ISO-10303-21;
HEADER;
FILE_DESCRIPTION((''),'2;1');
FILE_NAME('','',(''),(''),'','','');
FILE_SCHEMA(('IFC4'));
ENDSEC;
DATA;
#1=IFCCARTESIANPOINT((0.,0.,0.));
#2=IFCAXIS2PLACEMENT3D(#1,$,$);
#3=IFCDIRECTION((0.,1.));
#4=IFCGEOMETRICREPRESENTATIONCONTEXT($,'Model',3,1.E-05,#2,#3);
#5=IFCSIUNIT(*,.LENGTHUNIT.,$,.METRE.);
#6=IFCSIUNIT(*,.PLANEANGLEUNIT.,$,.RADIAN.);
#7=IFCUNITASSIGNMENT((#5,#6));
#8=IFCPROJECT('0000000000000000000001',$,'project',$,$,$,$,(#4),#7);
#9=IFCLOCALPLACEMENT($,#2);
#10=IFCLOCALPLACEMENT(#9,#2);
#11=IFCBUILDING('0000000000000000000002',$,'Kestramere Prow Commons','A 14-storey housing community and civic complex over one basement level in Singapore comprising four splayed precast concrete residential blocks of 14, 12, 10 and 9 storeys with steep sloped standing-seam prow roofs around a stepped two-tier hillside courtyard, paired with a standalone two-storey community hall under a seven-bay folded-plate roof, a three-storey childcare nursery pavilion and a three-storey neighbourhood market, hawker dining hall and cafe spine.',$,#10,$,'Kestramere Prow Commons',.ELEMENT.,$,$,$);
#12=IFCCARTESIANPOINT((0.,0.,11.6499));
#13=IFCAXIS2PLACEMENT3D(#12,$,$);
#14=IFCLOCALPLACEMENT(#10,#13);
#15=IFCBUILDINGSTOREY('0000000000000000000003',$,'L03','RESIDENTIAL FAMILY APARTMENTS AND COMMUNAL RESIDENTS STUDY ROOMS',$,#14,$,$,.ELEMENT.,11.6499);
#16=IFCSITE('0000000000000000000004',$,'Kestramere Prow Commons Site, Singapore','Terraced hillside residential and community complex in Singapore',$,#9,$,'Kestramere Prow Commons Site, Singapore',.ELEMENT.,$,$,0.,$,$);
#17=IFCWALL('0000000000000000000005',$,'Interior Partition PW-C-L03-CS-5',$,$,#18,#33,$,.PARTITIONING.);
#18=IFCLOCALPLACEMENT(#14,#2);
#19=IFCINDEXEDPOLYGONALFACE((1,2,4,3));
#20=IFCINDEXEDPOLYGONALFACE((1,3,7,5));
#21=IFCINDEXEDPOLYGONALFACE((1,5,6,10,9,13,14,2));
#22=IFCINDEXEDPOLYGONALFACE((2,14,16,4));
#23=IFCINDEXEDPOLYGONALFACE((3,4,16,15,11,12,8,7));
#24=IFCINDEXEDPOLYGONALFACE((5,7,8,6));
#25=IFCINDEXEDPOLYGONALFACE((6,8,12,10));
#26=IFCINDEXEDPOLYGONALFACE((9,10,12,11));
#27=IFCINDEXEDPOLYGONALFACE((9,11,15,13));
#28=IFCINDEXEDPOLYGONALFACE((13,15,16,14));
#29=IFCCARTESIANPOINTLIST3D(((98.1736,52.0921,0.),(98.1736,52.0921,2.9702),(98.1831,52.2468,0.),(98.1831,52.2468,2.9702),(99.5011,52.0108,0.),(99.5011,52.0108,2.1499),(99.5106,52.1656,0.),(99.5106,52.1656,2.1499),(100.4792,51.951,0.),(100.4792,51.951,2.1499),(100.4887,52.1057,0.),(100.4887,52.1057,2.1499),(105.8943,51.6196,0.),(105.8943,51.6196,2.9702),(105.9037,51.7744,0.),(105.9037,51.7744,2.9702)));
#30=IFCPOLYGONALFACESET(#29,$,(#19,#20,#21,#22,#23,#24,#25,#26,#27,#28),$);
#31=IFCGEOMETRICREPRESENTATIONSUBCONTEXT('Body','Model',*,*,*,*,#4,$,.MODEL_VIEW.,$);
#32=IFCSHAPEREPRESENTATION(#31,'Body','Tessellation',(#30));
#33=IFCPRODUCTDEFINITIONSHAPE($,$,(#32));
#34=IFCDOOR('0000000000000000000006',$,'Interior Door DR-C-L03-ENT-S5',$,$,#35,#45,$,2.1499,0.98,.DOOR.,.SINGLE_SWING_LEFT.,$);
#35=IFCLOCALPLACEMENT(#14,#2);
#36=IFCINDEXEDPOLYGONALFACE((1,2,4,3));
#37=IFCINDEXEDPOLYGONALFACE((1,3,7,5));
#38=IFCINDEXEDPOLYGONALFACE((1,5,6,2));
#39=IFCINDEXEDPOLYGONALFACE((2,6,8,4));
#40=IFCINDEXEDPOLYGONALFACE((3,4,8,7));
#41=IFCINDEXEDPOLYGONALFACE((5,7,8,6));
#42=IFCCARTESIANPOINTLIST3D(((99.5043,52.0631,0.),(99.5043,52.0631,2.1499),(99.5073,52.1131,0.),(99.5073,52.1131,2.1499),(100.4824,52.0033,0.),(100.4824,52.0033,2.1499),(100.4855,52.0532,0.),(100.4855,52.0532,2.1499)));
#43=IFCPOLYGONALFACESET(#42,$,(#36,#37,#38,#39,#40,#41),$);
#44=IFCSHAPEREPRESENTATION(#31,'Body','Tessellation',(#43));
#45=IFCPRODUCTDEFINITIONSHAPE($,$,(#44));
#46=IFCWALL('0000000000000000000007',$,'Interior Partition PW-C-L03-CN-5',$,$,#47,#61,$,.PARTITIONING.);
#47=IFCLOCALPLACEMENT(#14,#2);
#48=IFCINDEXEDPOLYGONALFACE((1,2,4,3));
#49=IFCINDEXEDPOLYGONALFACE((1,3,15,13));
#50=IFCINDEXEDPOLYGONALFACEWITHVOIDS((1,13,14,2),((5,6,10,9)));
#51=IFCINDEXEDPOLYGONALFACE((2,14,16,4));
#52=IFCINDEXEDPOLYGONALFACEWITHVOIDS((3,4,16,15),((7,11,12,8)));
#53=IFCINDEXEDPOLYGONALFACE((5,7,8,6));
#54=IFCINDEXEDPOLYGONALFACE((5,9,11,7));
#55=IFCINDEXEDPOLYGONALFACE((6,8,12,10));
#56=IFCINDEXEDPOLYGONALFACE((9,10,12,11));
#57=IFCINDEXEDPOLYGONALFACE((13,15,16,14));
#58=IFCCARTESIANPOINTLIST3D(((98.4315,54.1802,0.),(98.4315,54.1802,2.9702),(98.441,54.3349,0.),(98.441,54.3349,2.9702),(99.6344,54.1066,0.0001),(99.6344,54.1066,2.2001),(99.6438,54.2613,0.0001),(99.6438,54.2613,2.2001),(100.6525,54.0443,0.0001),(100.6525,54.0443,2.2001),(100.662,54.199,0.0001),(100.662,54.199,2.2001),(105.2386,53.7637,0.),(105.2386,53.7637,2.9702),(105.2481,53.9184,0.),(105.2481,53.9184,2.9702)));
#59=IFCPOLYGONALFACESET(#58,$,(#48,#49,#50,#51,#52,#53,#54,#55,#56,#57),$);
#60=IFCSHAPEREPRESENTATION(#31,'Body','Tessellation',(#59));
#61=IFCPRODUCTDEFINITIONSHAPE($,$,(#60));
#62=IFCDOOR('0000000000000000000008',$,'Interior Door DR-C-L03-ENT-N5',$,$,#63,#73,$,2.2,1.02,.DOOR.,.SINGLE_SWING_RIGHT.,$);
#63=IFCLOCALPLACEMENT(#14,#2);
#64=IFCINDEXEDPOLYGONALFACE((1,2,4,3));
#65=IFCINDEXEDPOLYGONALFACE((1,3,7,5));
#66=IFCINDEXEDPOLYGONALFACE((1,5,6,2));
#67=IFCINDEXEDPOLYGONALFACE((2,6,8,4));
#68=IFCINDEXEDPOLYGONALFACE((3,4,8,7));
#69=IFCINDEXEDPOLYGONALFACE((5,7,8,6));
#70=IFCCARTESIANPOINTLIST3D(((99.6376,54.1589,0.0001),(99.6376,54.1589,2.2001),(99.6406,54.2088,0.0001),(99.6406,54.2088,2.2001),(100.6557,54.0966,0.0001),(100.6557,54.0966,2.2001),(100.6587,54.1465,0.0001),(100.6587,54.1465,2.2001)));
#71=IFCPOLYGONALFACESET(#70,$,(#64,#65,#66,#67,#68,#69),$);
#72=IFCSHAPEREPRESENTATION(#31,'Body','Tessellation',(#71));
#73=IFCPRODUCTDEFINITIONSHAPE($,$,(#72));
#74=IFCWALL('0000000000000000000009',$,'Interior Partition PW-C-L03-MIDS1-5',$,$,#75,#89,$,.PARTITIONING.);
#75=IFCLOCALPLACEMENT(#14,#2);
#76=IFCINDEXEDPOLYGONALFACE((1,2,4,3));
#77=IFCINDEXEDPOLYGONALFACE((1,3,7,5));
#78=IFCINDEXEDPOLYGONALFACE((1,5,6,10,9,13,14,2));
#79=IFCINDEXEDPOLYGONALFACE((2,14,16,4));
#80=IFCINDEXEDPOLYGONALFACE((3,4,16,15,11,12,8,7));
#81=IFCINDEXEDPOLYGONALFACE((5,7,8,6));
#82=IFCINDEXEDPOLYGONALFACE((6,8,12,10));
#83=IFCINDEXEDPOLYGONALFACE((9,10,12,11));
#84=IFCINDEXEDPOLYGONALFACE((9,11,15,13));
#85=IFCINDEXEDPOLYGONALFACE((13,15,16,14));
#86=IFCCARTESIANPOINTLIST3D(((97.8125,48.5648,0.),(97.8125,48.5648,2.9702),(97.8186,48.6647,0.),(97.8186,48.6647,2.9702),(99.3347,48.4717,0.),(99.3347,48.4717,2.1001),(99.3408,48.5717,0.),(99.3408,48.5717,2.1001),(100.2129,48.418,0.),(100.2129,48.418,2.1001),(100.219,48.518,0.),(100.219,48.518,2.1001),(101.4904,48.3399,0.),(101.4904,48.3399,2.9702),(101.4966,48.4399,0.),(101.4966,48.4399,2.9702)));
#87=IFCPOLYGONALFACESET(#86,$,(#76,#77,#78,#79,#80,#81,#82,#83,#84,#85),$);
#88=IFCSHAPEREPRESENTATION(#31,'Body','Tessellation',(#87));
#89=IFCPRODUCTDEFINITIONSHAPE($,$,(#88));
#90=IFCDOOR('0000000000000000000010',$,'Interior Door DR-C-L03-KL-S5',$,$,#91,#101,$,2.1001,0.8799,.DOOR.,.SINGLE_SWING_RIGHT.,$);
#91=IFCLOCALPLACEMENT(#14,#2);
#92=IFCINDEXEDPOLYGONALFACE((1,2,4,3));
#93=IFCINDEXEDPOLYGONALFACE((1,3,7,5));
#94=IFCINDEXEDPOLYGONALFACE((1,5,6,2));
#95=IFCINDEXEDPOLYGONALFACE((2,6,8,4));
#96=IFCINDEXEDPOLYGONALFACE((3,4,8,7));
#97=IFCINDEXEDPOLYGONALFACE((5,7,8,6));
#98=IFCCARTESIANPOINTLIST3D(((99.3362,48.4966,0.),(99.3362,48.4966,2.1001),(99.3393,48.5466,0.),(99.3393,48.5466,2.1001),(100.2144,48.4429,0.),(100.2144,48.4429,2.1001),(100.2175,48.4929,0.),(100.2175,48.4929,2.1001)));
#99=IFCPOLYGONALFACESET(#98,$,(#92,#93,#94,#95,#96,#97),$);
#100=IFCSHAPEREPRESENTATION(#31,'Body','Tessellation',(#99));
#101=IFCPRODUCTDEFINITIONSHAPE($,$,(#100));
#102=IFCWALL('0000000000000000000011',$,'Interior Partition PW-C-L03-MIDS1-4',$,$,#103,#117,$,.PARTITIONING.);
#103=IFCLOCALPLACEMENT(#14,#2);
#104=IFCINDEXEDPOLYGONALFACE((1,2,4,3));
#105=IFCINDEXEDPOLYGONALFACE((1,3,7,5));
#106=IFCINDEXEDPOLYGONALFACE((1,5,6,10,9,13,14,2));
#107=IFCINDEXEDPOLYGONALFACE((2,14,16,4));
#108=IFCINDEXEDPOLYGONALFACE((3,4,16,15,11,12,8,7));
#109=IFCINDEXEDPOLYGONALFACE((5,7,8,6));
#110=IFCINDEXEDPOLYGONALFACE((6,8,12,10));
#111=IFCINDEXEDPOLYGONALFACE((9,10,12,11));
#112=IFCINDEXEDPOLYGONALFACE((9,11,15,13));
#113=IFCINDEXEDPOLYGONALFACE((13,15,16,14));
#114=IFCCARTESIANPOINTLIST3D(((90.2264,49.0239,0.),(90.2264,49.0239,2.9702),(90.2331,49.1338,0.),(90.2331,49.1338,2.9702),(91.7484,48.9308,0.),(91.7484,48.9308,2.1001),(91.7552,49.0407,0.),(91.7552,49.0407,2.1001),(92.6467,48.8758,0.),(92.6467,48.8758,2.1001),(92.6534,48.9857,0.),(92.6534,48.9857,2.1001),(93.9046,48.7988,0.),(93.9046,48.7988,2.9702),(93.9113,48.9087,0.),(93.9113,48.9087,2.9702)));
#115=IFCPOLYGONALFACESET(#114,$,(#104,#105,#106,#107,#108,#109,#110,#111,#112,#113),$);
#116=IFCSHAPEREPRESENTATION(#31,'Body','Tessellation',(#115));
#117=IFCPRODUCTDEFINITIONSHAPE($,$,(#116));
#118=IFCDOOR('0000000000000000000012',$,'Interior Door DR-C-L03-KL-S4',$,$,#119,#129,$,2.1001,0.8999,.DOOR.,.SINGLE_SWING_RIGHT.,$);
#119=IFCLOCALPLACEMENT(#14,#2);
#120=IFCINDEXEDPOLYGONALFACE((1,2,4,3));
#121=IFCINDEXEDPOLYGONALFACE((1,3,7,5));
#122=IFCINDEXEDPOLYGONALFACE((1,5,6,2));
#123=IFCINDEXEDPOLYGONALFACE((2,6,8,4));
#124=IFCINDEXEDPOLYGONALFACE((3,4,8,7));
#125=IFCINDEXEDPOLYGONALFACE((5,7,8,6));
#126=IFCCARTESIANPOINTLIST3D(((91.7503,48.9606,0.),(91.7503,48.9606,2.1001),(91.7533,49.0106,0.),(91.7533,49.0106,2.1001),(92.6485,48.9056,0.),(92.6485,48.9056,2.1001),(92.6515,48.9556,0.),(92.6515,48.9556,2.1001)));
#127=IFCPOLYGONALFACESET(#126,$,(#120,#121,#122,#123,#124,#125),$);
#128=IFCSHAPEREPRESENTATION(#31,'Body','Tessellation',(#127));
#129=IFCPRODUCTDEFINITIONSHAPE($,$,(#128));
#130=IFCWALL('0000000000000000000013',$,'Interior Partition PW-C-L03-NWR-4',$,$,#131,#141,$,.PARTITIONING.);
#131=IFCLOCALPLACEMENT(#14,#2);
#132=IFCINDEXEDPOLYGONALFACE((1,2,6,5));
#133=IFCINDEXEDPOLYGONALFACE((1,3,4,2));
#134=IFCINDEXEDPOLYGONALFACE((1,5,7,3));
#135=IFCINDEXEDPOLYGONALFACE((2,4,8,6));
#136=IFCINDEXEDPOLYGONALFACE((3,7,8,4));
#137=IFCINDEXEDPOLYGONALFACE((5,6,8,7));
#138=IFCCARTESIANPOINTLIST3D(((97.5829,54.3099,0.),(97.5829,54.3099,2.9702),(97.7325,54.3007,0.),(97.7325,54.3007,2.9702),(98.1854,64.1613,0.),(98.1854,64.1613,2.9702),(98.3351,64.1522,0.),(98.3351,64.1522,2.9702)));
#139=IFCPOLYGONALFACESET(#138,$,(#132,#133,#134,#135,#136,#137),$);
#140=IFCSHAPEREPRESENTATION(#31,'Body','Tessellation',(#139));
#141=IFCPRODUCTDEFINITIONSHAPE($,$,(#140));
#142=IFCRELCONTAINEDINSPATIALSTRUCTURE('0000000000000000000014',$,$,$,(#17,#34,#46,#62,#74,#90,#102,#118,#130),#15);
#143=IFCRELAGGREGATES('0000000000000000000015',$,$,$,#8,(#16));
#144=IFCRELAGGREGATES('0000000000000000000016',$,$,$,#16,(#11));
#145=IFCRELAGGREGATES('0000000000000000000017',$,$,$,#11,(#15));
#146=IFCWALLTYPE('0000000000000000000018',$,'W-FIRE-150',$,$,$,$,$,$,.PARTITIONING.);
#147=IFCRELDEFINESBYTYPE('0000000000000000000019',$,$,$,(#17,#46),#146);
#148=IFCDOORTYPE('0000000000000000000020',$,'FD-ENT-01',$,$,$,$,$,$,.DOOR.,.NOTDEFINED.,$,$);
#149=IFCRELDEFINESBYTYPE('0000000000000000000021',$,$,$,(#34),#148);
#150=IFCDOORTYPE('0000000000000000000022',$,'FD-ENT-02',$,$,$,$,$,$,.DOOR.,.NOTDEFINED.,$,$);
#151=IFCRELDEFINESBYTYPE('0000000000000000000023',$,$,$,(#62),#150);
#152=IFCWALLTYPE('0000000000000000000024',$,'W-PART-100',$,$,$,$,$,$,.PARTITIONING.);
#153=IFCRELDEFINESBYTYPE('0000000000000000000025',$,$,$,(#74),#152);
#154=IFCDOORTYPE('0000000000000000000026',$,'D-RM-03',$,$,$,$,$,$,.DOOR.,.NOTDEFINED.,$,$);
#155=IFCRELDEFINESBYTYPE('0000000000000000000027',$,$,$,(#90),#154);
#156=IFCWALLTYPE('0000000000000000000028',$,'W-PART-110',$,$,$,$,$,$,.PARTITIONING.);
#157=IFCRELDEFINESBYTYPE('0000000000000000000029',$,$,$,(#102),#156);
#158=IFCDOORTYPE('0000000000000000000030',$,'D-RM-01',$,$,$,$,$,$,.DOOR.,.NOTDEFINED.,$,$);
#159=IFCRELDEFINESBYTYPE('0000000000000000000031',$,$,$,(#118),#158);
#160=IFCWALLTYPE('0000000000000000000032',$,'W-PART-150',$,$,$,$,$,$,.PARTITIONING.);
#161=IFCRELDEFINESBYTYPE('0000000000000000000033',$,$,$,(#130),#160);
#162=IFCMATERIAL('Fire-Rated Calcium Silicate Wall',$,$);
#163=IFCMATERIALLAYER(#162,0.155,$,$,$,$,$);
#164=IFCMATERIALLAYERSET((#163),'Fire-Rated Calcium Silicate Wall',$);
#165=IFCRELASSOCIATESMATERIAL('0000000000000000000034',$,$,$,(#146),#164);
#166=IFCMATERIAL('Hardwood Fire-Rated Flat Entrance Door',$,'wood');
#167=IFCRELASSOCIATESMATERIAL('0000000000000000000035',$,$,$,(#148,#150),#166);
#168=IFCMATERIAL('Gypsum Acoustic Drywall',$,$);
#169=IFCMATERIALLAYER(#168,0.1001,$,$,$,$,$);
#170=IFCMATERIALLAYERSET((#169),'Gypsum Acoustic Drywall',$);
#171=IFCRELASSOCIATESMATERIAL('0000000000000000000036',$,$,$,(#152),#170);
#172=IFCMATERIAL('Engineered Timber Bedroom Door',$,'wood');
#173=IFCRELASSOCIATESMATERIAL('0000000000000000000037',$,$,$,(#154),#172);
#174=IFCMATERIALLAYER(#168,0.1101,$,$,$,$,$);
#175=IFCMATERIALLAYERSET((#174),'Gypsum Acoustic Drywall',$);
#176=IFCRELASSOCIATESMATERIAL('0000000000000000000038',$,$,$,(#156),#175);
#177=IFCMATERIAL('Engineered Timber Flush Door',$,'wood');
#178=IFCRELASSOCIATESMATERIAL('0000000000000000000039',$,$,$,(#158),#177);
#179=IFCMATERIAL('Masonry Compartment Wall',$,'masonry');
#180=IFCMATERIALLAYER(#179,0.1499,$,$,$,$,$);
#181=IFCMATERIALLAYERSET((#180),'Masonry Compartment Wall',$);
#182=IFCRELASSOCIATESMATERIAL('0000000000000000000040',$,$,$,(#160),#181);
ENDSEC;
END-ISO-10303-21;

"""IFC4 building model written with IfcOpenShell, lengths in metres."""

from ifc_helpers import new_model, si_unit, direction, frame, frame_2d, origin, place, context, subcontext, project, spatial, rectangle, extrude, material, layer, layer_set, type_object, element, fill, save


model = new_model("IFC4")

# Units and contexts
model_context = context("Model", 3, precision=1e-05, world=origin(), true_north=direction((0.0, 1.0)))
body_context = subcontext(model_context, "Body", "Model", "MODEL_VIEW")
ifc_project = project(units=[si_unit("LENGTHUNIT", "METRE"), si_unit("PLANEANGLEUNIT", "RADIAN")], contexts=[model_context])

# Site, building, storey
site_placement = place(None, origin())
site = spatial("IfcSite", under=ifc_project, at=site_placement, Name="Kestramere Prow Commons Site, Singapore", Description="Terraced hillside residential and community complex in Singapore", LongName="Kestramere Prow Commons Site, Singapore", CompositionType="ELEMENT", RefElevation=0.0)
building_placement = place(site_placement, origin())
building = spatial("IfcBuilding", under=site, at=building_placement, Name="Kestramere Prow Commons", Description="A 14-storey housing community and civic complex over one basement level in Singapore comprising four splayed precast concrete residential blocks of 14, 12, 10 and 9 storeys with steep sloped standing-seam prow roofs around a stepped two-tier hillside courtyard, paired with a standalone two-storey community hall under a seven-bay folded-plate roof, a three-storey childcare nursery pavilion and a three-storey neighbourhood market, hawker dining hall and cafe spine.", LongName="Kestramere Prow Commons", CompositionType="ELEMENT")
storey_placement = place(building_placement, frame((0.0, 0.0, 11.6499)))
storey = spatial("IfcBuildingStorey", under=building, at=storey_placement, Name="L03", Description="RESIDENTIAL FAMILY APARTMENTS AND COMMUNAL RESIDENTS STUDY ROOMS", CompositionType="ELEMENT", Elevation=11.6499)

# Walls, openings, doors
ifc_material_1 = material(Name="Fire-Rated Calcium Silicate Wall")
ifc_layer_1 = layer(ifc_material_1, 0.155)
ifc_layer_set_1 = layer_set([ifc_layer_1], Name="Fire-Rated Calcium Silicate Wall")
wall_type_1 = type_object("IfcWallType", Name="W-FIRE-150", PredefinedType="PARTITIONING", material=ifc_layer_set_1)
ifc_material_2 = material(Name="Hardwood Fire-Rated Flat Entrance Door", Category="wood")
door_type_1 = type_object("IfcDoorType", Name="FD-ENT-01", OperationType="NOTDEFINED", PredefinedType="DOOR", material=ifc_material_2)
door_type_2 = type_object("IfcDoorType", Name="FD-ENT-02", OperationType="NOTDEFINED", PredefinedType="DOOR", material=ifc_material_2)
wall_1_placement = place(storey_placement, frame((98.1782, 52.1694, 0.0), z_axis=(0.0, 0.0, 1.0), x_axis=(0.998133, -0.061073, 0.0)))
wall_1 = element("IfcWall", 1, at=wall_1_placement, inside=storey, type_object=wall_type_1, Name="Interior Partition PW-C-L03-CS-5", PredefinedType="PARTITIONING", context=body_context, shape_type="SweptSolid", body=[
    extrude(rectangle(XDim=7.7351, YDim=0.155, at=frame_2d((3.8677, 0.0))), origin(), (0.0, 0.0, 1.0), 2.9702),
])
opening_1_placement = place(wall_1_placement, frame((1.3301, 0.0, 0.0)))
opening_1 = element("IfcOpeningElement", 2, at=opening_1_placement, cuts=wall_1, PredefinedType="OPENING", context=body_context, shape_type="SweptSolid", body=[
    extrude(rectangle(XDim=0.98, YDim=2.1499, at=frame_2d((0.49, 1.075))), frame((0.0, 0.0925, 0.0), z_axis=(0.0, -1.0, 0.0), x_axis=(1.0, 0.0, 0.0)), (0.0, 0.0, 1.0), 0.1851),
])
door_1_placement = place(opening_1_placement, origin())
door_1 = element("IfcDoor", 3, at=door_1_placement, inside=storey, type_object=door_type_1, Name="Interior Door DR-C-L03-ENT-S5", OperationType="SINGLE_SWING_LEFT", OverallHeight=2.1499, OverallWidth=0.98, PredefinedType="DOOR", context=body_context, shape_type="SweptSolid", body=[
    extrude(rectangle(XDim=0.98, YDim=2.1499, at=frame_2d((0.49, 1.075))), frame((0.0, 0.0249, 0.0), z_axis=(0.0, -1.0, 0.0), x_axis=(1.0, 0.0, 0.0)), (0.0, 0.0, 1.0), 0.05),
])
fill(opening_1, door_1)
wall_2_placement = place(storey_placement, frame((98.4363, 54.2576, 0.0), z_axis=(0.0, 0.0, 1.0), x_axis=(0.998133, -0.061072, 0.0)))
wall_2 = element("IfcWall", 4, at=wall_2_placement, inside=storey, type_object=wall_type_1, Name="Interior Partition PW-C-L03-CN-5", PredefinedType="PARTITIONING", context=body_context, shape_type="SweptSolid", body=[
    extrude(rectangle(XDim=6.8198, YDim=0.155, at=frame_2d((3.4099, 0.0))), origin(), (0.0, 0.0, 1.0), 2.9702),
])
opening_2_placement = place(wall_2_placement, frame((1.2051, 0.0, 0.0)))
opening_2 = element("IfcOpeningElement", 5, at=opening_2_placement, cuts=wall_2, PredefinedType="OPENING", context=body_context, shape_type="SweptSolid", body=[
    extrude(rectangle(XDim=1.02, YDim=2.2, at=frame_2d((0.51, 1.1001))), frame((0.0, 0.0925, 0.0), z_axis=(0.0, -1.0, 0.0), x_axis=(1.0, 0.0, 0.0)), (0.0, 0.0, 1.0), 0.1851),
])
door_2_placement = place(opening_2_placement, origin())
door_2 = element("IfcDoor", 6, at=door_2_placement, inside=storey, type_object=door_type_2, Name="Interior Door DR-C-L03-ENT-N5", OperationType="SINGLE_SWING_RIGHT", OverallHeight=2.2, OverallWidth=1.02, PredefinedType="DOOR", context=body_context, shape_type="SweptSolid", body=[
    extrude(rectangle(XDim=1.02, YDim=2.2, at=frame_2d((0.51, 1.1001))), frame((0.0, 0.0249, 0.0), z_axis=(0.0, -1.0, 0.0), x_axis=(1.0, 0.0, 0.0)), (0.0, 0.0, 1.0), 0.05),
])
fill(opening_2, door_2)
ifc_material_3 = material(Name="Gypsum Acoustic Drywall")
ifc_layer_2 = layer(ifc_material_3, 0.1001)
ifc_layer_set_2 = layer_set([ifc_layer_2], Name="Gypsum Acoustic Drywall")
wall_type_2 = type_object("IfcWallType", Name="W-PART-100", PredefinedType="PARTITIONING", material=ifc_layer_set_2)
wall_3_placement = place(storey_placement, frame((97.8157, 48.6147, 0.0), z_axis=(0.0, 0.0, 1.0), x_axis=(0.998136, -0.061021, 0.0)))
wall_3 = element("IfcWall", 7, at=wall_3_placement, inside=storey, type_object=wall_type_2, Name="Interior Partition PW-C-L03-MIDS1-5", PredefinedType="PARTITIONING", context=body_context, shape_type="SweptSolid", body=[
    extrude(rectangle(XDim=3.6848, YDim=0.1001, at=frame_2d((1.8423, 0.0))), origin(), (0.0, 0.0, 1.0), 2.9702),
])
opening_3_placement = place(wall_3_placement, frame((1.5249, 0.0, 0.0)))
opening_3 = element("IfcOpeningElement", 8, at=opening_3_placement, cuts=wall_3, PredefinedType="OPENING", context=body_context, shape_type="SweptSolid", body=[
    extrude(rectangle(XDim=0.8799, YDim=2.1001, at=frame_2d((0.4399, 1.05))), frame((0.0, 0.0649, 0.0), z_axis=(0.0, -1.0, 0.0), x_axis=(1.0, 0.0, 0.0)), (0.0, 0.0, 1.0), 0.1301),
])
ifc_material_4 = material(Name="Engineered Timber Bedroom Door", Category="wood")
door_type_3 = type_object("IfcDoorType", Name="D-RM-03", OperationType="NOTDEFINED", PredefinedType="DOOR", material=ifc_material_4)
door_3_placement = place(opening_3_placement, origin())
door_3 = element("IfcDoor", 9, at=door_3_placement, inside=storey, type_object=door_type_3, Name="Interior Door DR-C-L03-KL-S5", OperationType="SINGLE_SWING_RIGHT", OverallHeight=2.1001, OverallWidth=0.8799, PredefinedType="DOOR", context=body_context, shape_type="SweptSolid", body=[
    extrude(rectangle(XDim=0.8799, YDim=2.1001, at=frame_2d((0.4399, 1.05))), frame((0.0, 0.0249, 0.0), z_axis=(0.0, -1.0, 0.0), x_axis=(1.0, 0.0, 0.0)), (0.0, 0.0, 1.0), 0.05),
])
fill(opening_3, door_3)
ifc_layer_3 = layer(ifc_material_3, 0.1101)
ifc_layer_set_3 = layer_set([ifc_layer_3], Name="Gypsum Acoustic Drywall")
wall_type_3 = type_object("IfcWallType", Name="W-PART-110", PredefinedType="PARTITIONING", material=ifc_layer_set_3)
wall_4_placement = place(storey_placement, frame((90.2297, 49.0789, 0.0), z_axis=(0.0, 0.0, 1.0), x_axis=(0.998133, -0.061083, 0.0)))
wall_4 = element("IfcWall", 10, at=wall_4_placement, inside=storey, type_object=wall_type_3, Name="Interior Partition PW-C-L03-MIDS1-4", PredefinedType="PARTITIONING", context=body_context, shape_type="SweptSolid", body=[
    extrude(rectangle(XDim=3.6851, YDim=0.1101, at=frame_2d((1.8425, 0.0))), origin(), (0.0, 0.0, 1.0), 2.9702),
])
opening_4_placement = place(wall_4_placement, frame((1.5249, 0.0, 0.0)))
opening_4 = element("IfcOpeningElement", 11, at=opening_4_placement, cuts=wall_4, PredefinedType="OPENING", context=body_context, shape_type="SweptSolid", body=[
    extrude(rectangle(XDim=0.8999, YDim=2.1001, at=frame_2d((0.45, 1.05))), frame((0.0, 0.0701, 0.0), z_axis=(0.0, -1.0, 0.0), x_axis=(1.0, 0.0, 0.0)), (0.0, 0.0, 1.0), 0.1401),
])
ifc_material_5 = material(Name="Engineered Timber Flush Door", Category="wood")
door_type_4 = type_object("IfcDoorType", Name="D-RM-01", OperationType="NOTDEFINED", PredefinedType="DOOR", material=ifc_material_5)
door_4_placement = place(opening_4_placement, origin())
door_4 = element("IfcDoor", 12, at=door_4_placement, inside=storey, type_object=door_type_4, Name="Interior Door DR-C-L03-KL-S4", OperationType="SINGLE_SWING_RIGHT", OverallHeight=2.1001, OverallWidth=0.8999, PredefinedType="DOOR", context=body_context, shape_type="SweptSolid", body=[
    extrude(rectangle(XDim=0.8999, YDim=2.1001, at=frame_2d((0.45, 1.05))), frame((0.0, 0.0249, 0.0), z_axis=(0.0, -1.0, 0.0), x_axis=(1.0, 0.0, 0.0)), (0.0, 0.0, 1.0), 0.05),
])
fill(opening_4, door_4)

# Wall
ifc_material_6 = material(Name="Masonry Compartment Wall", Category="masonry")
ifc_layer_4 = layer(ifc_material_6, 0.1499)
ifc_layer_set_4 = layer_set([ifc_layer_4], Name="Masonry Compartment Wall")
wall_type_4 = type_object("IfcWallType", Name="W-PART-150", PredefinedType="PARTITIONING", material=ifc_layer_set_4)
wall_5_placement = place(storey_placement, frame((97.6577, 54.3052, 0.0), z_axis=(0.0, 0.0, 1.0), x_axis=(0.061048, 0.998135, 0.0)))
element("IfcWall", 13, at=wall_5_placement, inside=storey, type_object=wall_type_4, Name="Interior Partition PW-C-L03-NWR-4", PredefinedType="PARTITIONING", context=body_context, shape_type="SweptSolid", body=[
    extrude(rectangle(XDim=9.8699, YDim=0.1499, at=frame_2d((4.9351, 0.0))), origin(), (0.0, 0.0, 1.0), 2.9702),
])

save(model, "model.ifc")
